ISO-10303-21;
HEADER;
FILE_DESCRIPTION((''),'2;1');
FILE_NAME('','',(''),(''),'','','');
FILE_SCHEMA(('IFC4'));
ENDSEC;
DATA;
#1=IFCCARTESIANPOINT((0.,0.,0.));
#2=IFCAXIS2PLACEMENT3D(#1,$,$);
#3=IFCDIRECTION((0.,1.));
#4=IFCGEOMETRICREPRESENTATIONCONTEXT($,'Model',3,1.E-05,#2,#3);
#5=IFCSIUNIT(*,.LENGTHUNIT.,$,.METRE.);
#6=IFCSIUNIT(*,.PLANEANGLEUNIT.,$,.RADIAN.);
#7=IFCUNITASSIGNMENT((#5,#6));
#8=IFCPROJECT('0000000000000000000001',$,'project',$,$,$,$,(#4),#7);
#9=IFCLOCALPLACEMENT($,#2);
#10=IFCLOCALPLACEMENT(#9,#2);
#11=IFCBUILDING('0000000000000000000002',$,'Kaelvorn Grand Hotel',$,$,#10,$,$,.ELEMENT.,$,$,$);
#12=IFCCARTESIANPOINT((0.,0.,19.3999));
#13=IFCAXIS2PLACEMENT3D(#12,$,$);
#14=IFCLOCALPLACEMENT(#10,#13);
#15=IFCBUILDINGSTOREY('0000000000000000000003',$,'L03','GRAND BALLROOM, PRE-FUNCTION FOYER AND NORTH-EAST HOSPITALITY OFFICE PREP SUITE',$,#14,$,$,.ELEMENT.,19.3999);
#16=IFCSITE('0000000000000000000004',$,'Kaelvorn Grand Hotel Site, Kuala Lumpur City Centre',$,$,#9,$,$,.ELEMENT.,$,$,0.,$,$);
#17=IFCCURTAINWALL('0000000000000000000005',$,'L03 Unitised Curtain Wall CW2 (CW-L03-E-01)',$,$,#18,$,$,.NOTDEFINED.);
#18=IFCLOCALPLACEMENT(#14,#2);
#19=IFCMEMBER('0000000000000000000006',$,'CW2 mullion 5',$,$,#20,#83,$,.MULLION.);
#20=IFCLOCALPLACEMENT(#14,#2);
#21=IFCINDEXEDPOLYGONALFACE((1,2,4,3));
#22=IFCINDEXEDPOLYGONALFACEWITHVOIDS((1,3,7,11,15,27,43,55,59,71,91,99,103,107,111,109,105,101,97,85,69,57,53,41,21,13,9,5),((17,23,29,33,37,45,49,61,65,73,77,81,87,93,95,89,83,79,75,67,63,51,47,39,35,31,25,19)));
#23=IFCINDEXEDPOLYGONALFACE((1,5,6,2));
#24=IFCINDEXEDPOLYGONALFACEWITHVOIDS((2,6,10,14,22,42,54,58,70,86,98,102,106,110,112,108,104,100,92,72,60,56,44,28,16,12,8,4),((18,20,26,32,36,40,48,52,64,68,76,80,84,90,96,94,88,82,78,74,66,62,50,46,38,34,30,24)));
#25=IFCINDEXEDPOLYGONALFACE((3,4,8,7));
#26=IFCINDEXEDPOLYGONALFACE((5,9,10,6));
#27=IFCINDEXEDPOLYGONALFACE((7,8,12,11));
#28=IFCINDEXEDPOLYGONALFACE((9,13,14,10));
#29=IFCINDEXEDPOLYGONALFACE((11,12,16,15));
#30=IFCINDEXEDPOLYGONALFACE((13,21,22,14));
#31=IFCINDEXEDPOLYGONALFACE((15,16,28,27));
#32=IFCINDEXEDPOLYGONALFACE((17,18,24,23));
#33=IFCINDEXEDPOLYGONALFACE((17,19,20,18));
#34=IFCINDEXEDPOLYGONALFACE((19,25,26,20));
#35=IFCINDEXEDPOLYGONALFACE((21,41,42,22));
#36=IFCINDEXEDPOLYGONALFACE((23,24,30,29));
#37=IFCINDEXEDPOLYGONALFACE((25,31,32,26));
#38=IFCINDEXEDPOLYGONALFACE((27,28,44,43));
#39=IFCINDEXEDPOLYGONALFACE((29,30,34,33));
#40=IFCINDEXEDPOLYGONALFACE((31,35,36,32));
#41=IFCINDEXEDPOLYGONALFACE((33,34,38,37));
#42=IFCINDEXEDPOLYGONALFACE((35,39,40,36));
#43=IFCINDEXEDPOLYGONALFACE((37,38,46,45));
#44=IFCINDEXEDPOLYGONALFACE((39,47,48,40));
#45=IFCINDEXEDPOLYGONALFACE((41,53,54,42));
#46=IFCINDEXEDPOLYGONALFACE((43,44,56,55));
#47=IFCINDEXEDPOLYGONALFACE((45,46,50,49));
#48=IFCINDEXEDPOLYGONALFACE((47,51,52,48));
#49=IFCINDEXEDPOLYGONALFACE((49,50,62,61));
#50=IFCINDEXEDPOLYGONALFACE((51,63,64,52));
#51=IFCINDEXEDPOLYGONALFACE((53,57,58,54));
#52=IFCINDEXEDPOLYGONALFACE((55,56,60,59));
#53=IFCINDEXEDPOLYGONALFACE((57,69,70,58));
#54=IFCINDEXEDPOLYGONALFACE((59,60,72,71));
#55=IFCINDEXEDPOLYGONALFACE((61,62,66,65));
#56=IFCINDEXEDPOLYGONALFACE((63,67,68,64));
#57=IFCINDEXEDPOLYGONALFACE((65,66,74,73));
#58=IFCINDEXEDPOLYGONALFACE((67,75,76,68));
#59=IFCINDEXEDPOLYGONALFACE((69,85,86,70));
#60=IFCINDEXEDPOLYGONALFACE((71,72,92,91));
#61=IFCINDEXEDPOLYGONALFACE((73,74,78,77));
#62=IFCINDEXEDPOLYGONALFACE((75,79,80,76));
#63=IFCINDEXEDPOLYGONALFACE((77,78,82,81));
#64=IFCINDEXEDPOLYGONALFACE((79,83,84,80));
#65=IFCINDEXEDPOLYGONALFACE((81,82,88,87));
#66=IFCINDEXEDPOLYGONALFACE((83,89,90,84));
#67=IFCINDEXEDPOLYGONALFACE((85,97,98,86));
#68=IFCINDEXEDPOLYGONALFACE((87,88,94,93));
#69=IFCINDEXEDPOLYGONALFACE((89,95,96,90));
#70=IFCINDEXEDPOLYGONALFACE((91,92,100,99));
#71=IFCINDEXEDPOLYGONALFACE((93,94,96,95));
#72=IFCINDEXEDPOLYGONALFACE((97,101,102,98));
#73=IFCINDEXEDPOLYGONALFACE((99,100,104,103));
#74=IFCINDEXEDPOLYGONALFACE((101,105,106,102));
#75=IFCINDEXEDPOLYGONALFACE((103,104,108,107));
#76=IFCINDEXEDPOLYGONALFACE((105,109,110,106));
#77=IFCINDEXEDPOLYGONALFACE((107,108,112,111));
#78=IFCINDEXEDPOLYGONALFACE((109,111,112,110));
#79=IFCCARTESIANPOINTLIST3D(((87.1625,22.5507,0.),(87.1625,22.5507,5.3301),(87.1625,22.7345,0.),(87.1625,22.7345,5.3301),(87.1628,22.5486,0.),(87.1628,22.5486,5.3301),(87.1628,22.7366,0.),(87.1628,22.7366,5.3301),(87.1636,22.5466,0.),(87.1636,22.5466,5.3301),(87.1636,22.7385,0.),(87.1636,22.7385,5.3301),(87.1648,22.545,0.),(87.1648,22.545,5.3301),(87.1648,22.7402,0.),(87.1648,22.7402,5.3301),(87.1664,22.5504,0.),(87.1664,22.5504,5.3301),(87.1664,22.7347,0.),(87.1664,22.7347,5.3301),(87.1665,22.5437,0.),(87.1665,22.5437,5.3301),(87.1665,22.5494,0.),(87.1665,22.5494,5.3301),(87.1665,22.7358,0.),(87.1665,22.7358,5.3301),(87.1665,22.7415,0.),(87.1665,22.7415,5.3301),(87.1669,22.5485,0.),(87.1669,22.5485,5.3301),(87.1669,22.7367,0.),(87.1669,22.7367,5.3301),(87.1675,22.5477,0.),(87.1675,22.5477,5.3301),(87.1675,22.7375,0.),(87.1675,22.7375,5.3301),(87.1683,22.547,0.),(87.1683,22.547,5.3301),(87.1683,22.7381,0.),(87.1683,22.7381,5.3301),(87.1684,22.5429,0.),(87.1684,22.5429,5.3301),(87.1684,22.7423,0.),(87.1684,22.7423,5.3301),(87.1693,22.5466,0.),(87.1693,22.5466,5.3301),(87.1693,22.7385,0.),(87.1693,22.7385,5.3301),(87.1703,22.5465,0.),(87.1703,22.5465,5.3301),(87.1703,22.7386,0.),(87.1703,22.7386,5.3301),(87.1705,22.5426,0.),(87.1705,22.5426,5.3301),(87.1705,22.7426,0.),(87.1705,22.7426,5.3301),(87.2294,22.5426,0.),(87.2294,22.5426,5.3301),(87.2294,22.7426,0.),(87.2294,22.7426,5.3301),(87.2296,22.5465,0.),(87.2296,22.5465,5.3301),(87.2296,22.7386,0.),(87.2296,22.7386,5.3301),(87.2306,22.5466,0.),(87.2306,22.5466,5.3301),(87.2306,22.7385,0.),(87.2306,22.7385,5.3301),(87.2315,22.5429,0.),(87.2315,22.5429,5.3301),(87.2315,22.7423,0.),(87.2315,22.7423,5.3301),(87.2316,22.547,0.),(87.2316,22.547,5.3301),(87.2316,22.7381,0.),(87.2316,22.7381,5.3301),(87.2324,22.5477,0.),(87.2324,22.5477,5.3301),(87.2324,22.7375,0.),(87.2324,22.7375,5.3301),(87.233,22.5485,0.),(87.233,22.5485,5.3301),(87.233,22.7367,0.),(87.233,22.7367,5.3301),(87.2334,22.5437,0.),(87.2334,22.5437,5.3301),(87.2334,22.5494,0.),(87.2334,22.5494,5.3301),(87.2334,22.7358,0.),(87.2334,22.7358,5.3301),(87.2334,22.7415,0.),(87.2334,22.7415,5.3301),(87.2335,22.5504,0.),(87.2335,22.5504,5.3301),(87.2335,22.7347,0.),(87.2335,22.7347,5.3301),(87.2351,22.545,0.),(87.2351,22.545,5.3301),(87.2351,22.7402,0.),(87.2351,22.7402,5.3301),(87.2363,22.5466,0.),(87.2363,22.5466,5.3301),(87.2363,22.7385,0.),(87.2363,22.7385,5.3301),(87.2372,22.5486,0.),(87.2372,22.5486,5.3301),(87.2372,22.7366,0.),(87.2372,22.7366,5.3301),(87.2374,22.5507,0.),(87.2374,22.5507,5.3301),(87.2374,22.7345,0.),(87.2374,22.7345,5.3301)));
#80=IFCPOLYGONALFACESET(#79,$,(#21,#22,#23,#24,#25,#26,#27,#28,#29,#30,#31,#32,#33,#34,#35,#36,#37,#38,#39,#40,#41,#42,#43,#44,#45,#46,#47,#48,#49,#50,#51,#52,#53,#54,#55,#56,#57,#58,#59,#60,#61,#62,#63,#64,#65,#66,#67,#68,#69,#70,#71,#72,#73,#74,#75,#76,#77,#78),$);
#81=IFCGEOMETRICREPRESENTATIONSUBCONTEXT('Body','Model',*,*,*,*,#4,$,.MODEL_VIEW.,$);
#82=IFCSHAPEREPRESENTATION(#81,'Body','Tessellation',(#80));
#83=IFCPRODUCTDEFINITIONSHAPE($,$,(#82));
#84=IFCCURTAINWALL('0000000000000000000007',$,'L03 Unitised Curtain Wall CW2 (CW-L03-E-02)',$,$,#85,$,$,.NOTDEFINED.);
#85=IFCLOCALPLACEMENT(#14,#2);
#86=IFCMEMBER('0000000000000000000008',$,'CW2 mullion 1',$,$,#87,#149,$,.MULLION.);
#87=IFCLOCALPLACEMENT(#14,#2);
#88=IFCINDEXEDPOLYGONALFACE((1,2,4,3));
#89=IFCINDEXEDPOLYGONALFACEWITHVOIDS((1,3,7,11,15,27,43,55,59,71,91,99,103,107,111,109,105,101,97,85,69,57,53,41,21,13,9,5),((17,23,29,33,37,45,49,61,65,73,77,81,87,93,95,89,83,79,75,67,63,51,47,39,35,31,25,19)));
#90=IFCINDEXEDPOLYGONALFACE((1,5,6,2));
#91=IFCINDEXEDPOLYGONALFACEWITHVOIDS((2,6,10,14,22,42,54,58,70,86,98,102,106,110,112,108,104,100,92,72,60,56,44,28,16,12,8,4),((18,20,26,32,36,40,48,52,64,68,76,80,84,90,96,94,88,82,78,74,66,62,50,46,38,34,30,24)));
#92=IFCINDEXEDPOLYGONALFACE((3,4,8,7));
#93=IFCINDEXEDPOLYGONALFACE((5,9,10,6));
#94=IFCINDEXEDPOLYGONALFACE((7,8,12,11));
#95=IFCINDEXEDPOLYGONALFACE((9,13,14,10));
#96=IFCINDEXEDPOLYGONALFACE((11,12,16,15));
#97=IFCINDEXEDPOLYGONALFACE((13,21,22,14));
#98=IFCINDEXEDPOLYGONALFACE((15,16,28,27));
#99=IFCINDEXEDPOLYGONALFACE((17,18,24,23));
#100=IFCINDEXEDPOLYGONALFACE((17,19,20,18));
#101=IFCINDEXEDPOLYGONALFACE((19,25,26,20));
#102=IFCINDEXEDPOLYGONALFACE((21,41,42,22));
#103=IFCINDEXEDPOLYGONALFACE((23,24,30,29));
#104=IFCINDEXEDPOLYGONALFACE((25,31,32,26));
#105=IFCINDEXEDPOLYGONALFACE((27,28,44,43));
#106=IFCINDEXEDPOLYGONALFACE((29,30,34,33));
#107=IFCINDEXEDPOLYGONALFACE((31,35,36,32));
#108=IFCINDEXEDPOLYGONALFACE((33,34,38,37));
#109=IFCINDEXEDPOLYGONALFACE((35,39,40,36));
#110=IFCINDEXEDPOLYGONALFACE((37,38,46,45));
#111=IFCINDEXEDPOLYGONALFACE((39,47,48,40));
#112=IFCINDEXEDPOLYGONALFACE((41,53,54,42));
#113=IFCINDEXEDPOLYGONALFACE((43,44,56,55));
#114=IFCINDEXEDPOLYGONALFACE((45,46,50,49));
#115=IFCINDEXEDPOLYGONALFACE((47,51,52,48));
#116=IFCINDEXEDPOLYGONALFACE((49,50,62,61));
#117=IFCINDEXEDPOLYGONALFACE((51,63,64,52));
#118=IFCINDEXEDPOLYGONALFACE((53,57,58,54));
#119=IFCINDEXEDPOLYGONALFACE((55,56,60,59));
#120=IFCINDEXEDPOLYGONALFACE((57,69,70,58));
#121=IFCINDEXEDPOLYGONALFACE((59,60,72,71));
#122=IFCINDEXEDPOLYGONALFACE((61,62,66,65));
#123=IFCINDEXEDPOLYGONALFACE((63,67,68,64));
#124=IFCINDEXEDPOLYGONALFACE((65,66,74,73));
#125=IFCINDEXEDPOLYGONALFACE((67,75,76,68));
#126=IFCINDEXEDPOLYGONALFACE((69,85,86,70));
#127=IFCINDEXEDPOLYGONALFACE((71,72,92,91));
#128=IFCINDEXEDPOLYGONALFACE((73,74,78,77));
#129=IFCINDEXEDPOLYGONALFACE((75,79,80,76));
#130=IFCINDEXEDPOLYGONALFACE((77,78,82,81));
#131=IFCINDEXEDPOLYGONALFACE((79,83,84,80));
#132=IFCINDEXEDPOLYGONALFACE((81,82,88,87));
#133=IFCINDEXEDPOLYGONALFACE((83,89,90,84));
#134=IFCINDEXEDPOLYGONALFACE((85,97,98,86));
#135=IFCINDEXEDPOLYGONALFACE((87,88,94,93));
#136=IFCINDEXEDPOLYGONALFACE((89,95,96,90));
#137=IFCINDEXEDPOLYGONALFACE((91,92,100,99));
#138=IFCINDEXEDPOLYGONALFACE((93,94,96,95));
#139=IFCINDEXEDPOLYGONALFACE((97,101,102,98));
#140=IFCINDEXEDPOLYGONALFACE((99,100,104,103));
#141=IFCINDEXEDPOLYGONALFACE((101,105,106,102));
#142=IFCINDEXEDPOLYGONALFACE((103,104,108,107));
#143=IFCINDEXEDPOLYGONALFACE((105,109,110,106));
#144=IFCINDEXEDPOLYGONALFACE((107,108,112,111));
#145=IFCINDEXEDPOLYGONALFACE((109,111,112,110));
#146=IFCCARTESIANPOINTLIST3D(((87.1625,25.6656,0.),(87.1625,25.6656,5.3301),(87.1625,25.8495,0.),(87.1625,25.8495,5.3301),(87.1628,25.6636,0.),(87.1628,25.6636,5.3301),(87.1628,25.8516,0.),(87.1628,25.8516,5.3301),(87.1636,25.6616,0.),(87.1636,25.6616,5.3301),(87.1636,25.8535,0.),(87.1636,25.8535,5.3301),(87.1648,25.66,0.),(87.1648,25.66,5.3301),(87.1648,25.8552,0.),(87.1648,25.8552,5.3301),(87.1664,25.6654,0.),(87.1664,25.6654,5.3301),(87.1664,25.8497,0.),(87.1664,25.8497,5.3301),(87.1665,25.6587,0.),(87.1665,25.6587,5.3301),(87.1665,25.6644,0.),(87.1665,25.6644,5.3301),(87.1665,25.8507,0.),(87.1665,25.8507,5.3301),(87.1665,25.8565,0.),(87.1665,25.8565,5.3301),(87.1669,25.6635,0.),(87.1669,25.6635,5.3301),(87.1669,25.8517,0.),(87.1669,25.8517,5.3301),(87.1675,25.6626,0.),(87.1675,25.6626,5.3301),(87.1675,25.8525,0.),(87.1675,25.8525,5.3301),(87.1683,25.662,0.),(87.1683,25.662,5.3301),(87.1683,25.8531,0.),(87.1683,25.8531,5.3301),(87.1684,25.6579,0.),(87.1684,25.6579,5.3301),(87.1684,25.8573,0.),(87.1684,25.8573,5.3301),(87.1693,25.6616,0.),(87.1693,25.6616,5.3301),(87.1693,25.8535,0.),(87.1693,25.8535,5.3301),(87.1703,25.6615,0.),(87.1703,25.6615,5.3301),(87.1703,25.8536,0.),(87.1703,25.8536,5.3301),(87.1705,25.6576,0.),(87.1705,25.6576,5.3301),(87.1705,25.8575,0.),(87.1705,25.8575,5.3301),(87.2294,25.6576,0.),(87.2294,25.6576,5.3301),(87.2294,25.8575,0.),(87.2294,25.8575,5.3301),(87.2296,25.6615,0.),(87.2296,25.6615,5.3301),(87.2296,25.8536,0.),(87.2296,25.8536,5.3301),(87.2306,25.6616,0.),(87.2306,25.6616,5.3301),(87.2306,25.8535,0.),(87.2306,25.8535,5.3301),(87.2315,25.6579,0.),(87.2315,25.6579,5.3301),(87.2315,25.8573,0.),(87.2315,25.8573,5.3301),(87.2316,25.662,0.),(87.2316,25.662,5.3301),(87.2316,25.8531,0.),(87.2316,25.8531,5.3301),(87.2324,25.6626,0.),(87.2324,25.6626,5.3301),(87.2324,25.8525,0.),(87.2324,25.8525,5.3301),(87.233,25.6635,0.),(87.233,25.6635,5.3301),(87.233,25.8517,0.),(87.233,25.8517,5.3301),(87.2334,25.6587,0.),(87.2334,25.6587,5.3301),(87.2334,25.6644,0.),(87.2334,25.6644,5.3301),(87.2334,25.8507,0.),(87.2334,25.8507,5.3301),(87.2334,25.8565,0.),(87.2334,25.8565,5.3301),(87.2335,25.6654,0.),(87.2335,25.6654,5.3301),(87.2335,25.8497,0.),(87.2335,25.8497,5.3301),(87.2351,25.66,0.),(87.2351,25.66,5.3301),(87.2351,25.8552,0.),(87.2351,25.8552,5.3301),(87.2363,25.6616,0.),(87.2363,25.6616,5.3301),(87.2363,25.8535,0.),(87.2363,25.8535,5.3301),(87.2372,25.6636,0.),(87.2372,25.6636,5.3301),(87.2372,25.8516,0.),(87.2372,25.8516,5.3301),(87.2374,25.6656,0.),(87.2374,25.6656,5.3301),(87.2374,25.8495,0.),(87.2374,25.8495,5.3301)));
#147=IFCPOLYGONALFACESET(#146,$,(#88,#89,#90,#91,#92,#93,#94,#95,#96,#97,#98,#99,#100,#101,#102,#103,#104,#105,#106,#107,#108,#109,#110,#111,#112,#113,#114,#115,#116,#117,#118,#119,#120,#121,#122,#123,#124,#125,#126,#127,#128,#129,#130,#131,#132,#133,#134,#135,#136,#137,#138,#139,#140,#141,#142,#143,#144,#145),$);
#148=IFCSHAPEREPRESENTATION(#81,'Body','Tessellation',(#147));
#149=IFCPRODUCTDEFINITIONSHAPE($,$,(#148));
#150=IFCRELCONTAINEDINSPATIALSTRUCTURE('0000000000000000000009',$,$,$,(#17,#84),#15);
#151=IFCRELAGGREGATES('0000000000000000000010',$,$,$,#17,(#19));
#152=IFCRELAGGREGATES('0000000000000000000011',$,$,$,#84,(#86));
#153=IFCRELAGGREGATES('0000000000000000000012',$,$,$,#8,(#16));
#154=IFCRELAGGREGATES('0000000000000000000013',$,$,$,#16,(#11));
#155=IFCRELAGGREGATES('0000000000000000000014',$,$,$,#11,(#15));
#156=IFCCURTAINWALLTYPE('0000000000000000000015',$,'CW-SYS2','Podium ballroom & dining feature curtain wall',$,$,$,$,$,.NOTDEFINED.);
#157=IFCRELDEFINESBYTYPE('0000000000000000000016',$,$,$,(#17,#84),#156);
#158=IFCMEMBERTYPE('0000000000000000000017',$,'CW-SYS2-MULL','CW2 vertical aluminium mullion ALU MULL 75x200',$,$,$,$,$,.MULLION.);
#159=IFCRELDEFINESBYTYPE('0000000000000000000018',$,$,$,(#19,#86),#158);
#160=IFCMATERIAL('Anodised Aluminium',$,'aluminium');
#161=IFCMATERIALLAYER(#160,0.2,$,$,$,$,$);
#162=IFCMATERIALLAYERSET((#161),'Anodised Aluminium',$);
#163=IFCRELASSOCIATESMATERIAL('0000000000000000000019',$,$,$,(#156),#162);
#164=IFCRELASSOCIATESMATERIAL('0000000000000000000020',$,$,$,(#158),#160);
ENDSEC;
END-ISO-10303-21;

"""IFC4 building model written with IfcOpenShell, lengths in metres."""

from ifc_helpers import new_model, si_unit, direction, frame, origin, origin_2d, place, context, subcontext, project, spatial, hollow_rectangle, extrude, material, layer, layer_set, material_profile, profile_set, type_object, element, aggregate, save


model = new_model("IFC4")

# Units and contexts
model_context = context("Model", 3, precision=1e-05, world=origin(), true_north=direction((0.0, 1.0)))
body_context = subcontext(model_context, "Body", "Model", "MODEL_VIEW")
ifc_project = project(units=[si_unit("LENGTHUNIT", "METRE"), si_unit("PLANEANGLEUNIT", "RADIAN")], contexts=[model_context])

# Site, building, storey
site_placement = place(None, origin())
site = spatial("IfcSite", under=ifc_project, at=site_placement, Name="Kaelvorn Grand Hotel Site, Kuala Lumpur City Centre", CompositionType="ELEMENT", RefElevation=0.0)
building_placement = place(site_placement, origin())
building = spatial("IfcBuilding", under=site, at=building_placement, Name="Kaelvorn Grand Hotel", CompositionType="ELEMENT")
storey_placement = place(building_placement, frame((0.0, 0.0, 19.3999)))
storey = spatial("IfcBuildingStorey", under=building, at=storey_placement, Name="L03", Description="GRAND BALLROOM, PRE-FUNCTION FOYER AND NORTH-EAST HOSPITALITY OFFICE PREP SUITE", CompositionType="ELEMENT", Elevation=19.3999)

# Curtain wall, member
ifc_material_1 = material(Name="Anodised Aluminium", Category="aluminium")
ifc_layer_1 = layer(ifc_material_1, 0.2)
ifc_layer_set_1 = layer_set([ifc_layer_1], Name="Anodised Aluminium")
curtain_wall_type = type_object("IfcCurtainWallType", Name="CW-SYS2", Description="Podium ballroom & dining feature curtain wall", PredefinedType="NOTDEFINED", material=ifc_layer_set_1)
curtain_wall_1_placement = place(storey_placement, origin())
curtain_wall_1 = element("IfcCurtainWall", 1, at=curtain_wall_1_placement, inside=storey, type_object=curtain_wall_type, Name="L03 Unitised Curtain Wall CW2 (CW-L03-E-01)", PredefinedType="NOTDEFINED")
ifc_material_profile_1 = material_profile(ifc_material_1, hollow_rectangle(XDim=0.075, YDim=0.2, WallThickness=0.0039, InnerFilletRadius=0.0039, OuterFilletRadius=0.0081, at=origin_2d()), Name="ALU MULL 75x200")
ifc_profile_set_1 = profile_set([ifc_material_profile_1], Name="Anodised Aluminium")
member_type_1 = type_object("IfcMemberType", Name="CW-SYS2-MULL", Description="CW2 vertical aluminium mullion ALU MULL 75x200", PredefinedType="MULLION", material=ifc_profile_set_1)
member_1_placement = place(storey_placement, frame((87.2, 22.6426, 0.0), z_axis=(0.0, 0.0, 1.0), x_axis=(-1.0, 0.0, 0.0)))
member_1 = element("IfcMember", 2, at=member_1_placement, type_object=member_type_1, Name="CW2 mullion 5", PredefinedType="MULLION", context=body_context, shape_type="SweptSolid", body=[
    extrude(hollow_rectangle(XDim=0.075, YDim=0.2, WallThickness=0.0039, InnerFilletRadius=0.0039, OuterFilletRadius=0.0081, at=origin_2d()), origin(), (0.0, 0.0, 1.0), 5.3301),
])

# Curtain wall, member
curtain_wall_2_placement = place(storey_placement, origin())
curtain_wall_2 = element("IfcCurtainWall", 3, at=curtain_wall_2_placement, inside=storey, type_object=curtain_wall_type, Name="L03 Unitised Curtain Wall CW2 (CW-L03-E-02)", PredefinedType="NOTDEFINED")
member_2_placement = place(storey_placement, frame((87.2, 25.7576, 0.0), z_axis=(0.0, 0.0, 1.0), x_axis=(-1.0, 0.0, 0.0)))
member_2 = element("IfcMember", 4, at=member_2_placement, type_object=member_type_1, Name="CW2 mullion 1", PredefinedType="MULLION", context=body_context, shape_type="SweptSolid", body=[
    extrude(hollow_rectangle(XDim=0.075, YDim=0.2, WallThickness=0.0039, InnerFilletRadius=0.0039, OuterFilletRadius=0.0081, at=origin_2d()), origin(), (0.0, 0.0, 1.0), 5.3301),
])

aggregate(curtain_wall_1, [member_1])
aggregate(curtain_wall_2, [member_2])

save(model, "model.ifc")
